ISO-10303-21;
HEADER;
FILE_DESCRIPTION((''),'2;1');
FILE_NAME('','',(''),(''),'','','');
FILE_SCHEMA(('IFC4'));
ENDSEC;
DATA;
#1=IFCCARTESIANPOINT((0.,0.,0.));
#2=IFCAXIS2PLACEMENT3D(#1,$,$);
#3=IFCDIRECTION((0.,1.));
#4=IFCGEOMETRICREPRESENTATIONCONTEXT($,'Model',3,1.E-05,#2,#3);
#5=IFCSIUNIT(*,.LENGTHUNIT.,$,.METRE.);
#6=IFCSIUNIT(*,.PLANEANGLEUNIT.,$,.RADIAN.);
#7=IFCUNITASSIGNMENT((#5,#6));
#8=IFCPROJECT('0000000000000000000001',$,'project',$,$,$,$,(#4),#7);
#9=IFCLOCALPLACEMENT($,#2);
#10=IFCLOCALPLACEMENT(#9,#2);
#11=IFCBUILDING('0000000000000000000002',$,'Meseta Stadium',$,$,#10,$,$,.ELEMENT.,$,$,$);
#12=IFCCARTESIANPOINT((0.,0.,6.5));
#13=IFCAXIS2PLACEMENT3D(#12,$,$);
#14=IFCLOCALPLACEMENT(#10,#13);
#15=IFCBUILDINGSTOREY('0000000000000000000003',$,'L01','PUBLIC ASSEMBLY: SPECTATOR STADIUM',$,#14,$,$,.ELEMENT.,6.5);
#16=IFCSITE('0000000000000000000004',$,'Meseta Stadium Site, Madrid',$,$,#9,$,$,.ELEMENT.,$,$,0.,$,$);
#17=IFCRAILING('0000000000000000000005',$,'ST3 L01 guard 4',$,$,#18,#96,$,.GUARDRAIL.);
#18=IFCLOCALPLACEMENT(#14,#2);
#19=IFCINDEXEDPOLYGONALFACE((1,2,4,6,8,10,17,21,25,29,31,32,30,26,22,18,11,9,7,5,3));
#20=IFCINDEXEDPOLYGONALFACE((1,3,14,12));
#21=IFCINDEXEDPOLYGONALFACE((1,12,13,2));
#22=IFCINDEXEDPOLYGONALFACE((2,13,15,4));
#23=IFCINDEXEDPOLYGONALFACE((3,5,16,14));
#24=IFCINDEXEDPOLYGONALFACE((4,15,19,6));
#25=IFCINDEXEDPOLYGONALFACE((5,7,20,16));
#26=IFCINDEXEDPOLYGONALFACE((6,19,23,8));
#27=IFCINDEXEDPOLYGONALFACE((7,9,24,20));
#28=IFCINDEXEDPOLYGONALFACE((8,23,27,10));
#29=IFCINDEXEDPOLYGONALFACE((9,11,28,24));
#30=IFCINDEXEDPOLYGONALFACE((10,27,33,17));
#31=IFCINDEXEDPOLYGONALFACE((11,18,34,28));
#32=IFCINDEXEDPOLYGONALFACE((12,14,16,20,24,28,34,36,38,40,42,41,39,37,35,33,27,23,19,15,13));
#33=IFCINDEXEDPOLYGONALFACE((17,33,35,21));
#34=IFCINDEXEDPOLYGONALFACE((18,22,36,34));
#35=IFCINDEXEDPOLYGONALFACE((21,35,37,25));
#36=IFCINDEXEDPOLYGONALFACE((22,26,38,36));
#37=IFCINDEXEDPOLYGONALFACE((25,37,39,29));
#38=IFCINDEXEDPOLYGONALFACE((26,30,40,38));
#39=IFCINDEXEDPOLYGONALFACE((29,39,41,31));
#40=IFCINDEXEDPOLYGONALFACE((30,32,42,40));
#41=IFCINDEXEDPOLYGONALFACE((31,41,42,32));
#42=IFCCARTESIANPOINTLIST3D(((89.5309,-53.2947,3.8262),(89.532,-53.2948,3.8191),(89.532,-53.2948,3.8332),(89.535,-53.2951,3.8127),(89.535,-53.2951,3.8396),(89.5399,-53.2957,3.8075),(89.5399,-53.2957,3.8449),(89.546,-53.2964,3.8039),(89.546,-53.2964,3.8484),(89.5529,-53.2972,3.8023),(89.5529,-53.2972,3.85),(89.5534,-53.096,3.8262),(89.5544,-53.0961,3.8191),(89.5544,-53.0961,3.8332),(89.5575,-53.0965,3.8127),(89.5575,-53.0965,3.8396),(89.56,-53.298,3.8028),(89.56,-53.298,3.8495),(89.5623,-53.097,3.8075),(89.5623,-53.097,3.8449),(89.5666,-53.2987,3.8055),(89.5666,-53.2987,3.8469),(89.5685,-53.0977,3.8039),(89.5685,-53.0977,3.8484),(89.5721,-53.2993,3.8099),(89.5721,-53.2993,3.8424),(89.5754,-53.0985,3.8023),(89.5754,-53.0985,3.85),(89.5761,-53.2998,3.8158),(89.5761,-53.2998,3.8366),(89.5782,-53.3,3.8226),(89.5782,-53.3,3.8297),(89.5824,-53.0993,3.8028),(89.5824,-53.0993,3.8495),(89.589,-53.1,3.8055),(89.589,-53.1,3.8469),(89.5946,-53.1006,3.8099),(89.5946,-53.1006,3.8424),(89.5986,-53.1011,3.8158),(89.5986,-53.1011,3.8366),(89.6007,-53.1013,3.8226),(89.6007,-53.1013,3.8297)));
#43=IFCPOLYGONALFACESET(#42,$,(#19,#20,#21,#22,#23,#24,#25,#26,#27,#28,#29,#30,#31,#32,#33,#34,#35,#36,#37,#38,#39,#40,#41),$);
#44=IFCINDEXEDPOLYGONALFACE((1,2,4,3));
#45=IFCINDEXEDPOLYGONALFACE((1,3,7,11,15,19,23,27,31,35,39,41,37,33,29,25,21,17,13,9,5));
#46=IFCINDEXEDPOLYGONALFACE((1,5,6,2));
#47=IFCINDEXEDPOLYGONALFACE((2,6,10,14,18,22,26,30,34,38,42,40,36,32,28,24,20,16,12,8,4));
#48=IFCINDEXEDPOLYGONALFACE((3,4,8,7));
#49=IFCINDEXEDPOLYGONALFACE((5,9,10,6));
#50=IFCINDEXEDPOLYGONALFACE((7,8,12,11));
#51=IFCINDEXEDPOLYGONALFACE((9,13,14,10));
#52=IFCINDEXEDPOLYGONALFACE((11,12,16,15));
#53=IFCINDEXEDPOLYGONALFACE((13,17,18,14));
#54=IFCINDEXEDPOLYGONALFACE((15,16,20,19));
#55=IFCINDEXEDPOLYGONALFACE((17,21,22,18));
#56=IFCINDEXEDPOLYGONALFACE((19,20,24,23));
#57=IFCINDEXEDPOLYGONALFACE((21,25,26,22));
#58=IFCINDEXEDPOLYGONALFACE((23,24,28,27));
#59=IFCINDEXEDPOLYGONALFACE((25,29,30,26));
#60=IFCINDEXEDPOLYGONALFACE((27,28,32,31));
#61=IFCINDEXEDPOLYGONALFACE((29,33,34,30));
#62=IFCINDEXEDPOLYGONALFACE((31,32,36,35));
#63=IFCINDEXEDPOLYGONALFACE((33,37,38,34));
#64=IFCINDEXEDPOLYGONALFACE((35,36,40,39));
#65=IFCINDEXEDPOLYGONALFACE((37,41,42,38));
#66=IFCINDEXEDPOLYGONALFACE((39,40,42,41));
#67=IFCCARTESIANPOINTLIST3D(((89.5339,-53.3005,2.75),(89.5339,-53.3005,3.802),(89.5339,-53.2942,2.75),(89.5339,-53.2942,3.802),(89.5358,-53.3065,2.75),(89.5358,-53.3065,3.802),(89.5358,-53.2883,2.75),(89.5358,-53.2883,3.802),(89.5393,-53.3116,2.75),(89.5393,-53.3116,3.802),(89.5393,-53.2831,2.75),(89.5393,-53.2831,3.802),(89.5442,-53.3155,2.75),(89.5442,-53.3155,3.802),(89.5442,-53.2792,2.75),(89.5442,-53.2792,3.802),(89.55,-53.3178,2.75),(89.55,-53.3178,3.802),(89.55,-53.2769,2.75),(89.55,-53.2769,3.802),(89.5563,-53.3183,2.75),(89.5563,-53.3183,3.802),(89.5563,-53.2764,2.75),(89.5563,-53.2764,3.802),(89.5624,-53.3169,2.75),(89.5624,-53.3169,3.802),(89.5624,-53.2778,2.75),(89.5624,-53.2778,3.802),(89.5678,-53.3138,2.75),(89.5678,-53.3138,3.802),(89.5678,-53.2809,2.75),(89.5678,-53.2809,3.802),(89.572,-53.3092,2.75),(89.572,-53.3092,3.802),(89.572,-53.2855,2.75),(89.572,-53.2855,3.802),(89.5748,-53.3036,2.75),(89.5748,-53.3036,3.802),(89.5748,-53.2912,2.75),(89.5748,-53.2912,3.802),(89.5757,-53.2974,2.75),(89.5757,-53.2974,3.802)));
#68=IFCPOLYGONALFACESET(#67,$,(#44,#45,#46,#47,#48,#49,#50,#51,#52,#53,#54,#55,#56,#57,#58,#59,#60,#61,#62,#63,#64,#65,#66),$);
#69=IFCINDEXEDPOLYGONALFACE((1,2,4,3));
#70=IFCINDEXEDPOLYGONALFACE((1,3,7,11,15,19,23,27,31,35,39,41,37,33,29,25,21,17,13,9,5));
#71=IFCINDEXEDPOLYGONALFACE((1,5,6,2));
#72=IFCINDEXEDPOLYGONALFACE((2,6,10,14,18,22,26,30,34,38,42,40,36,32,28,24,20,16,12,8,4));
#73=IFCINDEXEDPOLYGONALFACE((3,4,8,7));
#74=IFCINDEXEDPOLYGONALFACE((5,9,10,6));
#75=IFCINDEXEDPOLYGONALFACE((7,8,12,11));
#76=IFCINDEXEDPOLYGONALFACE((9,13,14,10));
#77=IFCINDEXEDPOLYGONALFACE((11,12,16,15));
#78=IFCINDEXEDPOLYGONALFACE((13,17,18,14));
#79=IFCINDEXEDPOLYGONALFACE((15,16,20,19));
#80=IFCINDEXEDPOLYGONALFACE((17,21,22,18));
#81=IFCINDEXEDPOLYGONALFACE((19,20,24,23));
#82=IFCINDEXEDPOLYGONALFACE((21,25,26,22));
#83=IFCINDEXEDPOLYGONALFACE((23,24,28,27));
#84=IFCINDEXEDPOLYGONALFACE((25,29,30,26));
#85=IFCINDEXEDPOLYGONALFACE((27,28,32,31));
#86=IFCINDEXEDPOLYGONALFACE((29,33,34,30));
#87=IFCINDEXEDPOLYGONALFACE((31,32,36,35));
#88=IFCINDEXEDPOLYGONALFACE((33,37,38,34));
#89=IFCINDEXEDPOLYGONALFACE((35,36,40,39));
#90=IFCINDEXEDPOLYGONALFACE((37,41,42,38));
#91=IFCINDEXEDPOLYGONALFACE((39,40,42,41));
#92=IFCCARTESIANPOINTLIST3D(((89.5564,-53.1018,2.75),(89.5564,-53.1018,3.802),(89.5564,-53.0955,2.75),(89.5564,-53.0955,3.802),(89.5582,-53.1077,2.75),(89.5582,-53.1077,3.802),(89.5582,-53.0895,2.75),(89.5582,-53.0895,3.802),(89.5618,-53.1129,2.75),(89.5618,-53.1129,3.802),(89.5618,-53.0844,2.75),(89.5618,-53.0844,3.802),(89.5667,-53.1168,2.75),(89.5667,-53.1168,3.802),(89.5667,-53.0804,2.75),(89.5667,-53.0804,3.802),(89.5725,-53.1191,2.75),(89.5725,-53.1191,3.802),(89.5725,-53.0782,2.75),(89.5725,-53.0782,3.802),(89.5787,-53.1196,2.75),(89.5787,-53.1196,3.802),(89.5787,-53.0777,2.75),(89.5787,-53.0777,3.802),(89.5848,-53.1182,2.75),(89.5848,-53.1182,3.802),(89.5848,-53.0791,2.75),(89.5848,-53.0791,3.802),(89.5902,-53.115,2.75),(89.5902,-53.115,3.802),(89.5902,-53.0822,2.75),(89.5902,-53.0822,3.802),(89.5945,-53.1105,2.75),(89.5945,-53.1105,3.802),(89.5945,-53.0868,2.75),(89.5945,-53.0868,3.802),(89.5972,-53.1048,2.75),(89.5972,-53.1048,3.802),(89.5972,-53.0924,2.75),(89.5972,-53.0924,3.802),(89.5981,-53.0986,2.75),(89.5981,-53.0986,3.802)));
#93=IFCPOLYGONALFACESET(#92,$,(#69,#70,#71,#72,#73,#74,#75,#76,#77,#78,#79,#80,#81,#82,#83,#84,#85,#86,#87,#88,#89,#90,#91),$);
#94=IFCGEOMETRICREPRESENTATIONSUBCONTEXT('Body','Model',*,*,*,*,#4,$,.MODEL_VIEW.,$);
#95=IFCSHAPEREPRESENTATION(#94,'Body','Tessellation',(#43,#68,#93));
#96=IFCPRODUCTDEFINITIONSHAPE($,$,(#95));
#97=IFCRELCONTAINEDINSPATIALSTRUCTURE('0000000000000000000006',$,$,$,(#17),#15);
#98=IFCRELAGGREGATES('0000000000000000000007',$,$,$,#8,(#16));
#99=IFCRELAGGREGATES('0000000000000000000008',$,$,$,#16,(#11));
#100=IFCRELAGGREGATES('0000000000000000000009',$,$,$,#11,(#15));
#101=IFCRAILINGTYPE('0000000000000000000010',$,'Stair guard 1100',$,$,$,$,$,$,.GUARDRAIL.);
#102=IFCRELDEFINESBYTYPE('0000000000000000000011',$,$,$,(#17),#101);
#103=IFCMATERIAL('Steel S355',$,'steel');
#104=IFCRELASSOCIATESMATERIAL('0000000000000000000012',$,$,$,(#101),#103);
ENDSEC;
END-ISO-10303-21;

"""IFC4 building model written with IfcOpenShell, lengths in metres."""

from ifc_helpers import new_model, si_unit, direction, frame, origin, origin_2d, place, context, subcontext, project, spatial, circle, extrude, material, type_object, element, save


model = new_model("IFC4")

# Units and contexts
model_context = context("Model", 3, precision=1e-05, world=origin(), true_north=direction((0.0, 1.0)))
body_context = subcontext(model_context, "Body", "Model", "MODEL_VIEW")
ifc_project = project(units=[si_unit("LENGTHUNIT", "METRE"), si_unit("PLANEANGLEUNIT", "RADIAN")], contexts=[model_context])

# Site, building, storey
site_placement = place(None, origin())
site = spatial("IfcSite", under=ifc_project, at=site_placement, Name="Meseta Stadium Site, Madrid", CompositionType="ELEMENT", RefElevation=0.0)
building_placement = place(site_placement, origin())
building = spatial("IfcBuilding", under=site, at=building_placement, Name="Meseta Stadium", CompositionType="ELEMENT")
storey_placement = place(building_placement, frame((0.0, 0.0, 6.5)))
storey = spatial("IfcBuildingStorey", under=building, at=storey_placement, Name="L01", Description="PUBLIC ASSEMBLY: SPECTATOR STADIUM", CompositionType="ELEMENT", Elevation=6.5)

# Railing
ifc_material_1 = material(Name="Steel S355", Category="steel")
railing_type_1 = type_object("IfcRailingType", Name="Stair guard 1100", PredefinedType="GUARDRAIL", material=ifc_material_1)
railing_1_placement = place(storey_placement, frame((89.5547, -53.2974, 2.75)))
element("IfcRailing", 1, at=railing_1_placement, inside=storey, type_object=railing_type_1, Name="ST3 L01 guard 4", PredefinedType="GUARDRAIL", context=body_context, shape_type="SweptSolid", body=[
    extrude(circle(Radius=0.0239, at=origin_2d()), frame((0.0, 0.0, 1.0762), z_axis=(0.112307, 0.993674, 0.0), x_axis=(-0.993674, 0.112307, 0.0)), (0.0, 0.0, 1.0), 0.2),
    extrude(circle(Radius=0.021, at=origin_2d()), origin(), (0.0, 0.0, 1.0), 1.052),
    extrude(circle(Radius=0.021, at=origin_2d()), frame((0.0225, 0.1987, 0.0)), (0.0, 0.0, 1.0), 1.052),
])

save(model, "model.ifc")
